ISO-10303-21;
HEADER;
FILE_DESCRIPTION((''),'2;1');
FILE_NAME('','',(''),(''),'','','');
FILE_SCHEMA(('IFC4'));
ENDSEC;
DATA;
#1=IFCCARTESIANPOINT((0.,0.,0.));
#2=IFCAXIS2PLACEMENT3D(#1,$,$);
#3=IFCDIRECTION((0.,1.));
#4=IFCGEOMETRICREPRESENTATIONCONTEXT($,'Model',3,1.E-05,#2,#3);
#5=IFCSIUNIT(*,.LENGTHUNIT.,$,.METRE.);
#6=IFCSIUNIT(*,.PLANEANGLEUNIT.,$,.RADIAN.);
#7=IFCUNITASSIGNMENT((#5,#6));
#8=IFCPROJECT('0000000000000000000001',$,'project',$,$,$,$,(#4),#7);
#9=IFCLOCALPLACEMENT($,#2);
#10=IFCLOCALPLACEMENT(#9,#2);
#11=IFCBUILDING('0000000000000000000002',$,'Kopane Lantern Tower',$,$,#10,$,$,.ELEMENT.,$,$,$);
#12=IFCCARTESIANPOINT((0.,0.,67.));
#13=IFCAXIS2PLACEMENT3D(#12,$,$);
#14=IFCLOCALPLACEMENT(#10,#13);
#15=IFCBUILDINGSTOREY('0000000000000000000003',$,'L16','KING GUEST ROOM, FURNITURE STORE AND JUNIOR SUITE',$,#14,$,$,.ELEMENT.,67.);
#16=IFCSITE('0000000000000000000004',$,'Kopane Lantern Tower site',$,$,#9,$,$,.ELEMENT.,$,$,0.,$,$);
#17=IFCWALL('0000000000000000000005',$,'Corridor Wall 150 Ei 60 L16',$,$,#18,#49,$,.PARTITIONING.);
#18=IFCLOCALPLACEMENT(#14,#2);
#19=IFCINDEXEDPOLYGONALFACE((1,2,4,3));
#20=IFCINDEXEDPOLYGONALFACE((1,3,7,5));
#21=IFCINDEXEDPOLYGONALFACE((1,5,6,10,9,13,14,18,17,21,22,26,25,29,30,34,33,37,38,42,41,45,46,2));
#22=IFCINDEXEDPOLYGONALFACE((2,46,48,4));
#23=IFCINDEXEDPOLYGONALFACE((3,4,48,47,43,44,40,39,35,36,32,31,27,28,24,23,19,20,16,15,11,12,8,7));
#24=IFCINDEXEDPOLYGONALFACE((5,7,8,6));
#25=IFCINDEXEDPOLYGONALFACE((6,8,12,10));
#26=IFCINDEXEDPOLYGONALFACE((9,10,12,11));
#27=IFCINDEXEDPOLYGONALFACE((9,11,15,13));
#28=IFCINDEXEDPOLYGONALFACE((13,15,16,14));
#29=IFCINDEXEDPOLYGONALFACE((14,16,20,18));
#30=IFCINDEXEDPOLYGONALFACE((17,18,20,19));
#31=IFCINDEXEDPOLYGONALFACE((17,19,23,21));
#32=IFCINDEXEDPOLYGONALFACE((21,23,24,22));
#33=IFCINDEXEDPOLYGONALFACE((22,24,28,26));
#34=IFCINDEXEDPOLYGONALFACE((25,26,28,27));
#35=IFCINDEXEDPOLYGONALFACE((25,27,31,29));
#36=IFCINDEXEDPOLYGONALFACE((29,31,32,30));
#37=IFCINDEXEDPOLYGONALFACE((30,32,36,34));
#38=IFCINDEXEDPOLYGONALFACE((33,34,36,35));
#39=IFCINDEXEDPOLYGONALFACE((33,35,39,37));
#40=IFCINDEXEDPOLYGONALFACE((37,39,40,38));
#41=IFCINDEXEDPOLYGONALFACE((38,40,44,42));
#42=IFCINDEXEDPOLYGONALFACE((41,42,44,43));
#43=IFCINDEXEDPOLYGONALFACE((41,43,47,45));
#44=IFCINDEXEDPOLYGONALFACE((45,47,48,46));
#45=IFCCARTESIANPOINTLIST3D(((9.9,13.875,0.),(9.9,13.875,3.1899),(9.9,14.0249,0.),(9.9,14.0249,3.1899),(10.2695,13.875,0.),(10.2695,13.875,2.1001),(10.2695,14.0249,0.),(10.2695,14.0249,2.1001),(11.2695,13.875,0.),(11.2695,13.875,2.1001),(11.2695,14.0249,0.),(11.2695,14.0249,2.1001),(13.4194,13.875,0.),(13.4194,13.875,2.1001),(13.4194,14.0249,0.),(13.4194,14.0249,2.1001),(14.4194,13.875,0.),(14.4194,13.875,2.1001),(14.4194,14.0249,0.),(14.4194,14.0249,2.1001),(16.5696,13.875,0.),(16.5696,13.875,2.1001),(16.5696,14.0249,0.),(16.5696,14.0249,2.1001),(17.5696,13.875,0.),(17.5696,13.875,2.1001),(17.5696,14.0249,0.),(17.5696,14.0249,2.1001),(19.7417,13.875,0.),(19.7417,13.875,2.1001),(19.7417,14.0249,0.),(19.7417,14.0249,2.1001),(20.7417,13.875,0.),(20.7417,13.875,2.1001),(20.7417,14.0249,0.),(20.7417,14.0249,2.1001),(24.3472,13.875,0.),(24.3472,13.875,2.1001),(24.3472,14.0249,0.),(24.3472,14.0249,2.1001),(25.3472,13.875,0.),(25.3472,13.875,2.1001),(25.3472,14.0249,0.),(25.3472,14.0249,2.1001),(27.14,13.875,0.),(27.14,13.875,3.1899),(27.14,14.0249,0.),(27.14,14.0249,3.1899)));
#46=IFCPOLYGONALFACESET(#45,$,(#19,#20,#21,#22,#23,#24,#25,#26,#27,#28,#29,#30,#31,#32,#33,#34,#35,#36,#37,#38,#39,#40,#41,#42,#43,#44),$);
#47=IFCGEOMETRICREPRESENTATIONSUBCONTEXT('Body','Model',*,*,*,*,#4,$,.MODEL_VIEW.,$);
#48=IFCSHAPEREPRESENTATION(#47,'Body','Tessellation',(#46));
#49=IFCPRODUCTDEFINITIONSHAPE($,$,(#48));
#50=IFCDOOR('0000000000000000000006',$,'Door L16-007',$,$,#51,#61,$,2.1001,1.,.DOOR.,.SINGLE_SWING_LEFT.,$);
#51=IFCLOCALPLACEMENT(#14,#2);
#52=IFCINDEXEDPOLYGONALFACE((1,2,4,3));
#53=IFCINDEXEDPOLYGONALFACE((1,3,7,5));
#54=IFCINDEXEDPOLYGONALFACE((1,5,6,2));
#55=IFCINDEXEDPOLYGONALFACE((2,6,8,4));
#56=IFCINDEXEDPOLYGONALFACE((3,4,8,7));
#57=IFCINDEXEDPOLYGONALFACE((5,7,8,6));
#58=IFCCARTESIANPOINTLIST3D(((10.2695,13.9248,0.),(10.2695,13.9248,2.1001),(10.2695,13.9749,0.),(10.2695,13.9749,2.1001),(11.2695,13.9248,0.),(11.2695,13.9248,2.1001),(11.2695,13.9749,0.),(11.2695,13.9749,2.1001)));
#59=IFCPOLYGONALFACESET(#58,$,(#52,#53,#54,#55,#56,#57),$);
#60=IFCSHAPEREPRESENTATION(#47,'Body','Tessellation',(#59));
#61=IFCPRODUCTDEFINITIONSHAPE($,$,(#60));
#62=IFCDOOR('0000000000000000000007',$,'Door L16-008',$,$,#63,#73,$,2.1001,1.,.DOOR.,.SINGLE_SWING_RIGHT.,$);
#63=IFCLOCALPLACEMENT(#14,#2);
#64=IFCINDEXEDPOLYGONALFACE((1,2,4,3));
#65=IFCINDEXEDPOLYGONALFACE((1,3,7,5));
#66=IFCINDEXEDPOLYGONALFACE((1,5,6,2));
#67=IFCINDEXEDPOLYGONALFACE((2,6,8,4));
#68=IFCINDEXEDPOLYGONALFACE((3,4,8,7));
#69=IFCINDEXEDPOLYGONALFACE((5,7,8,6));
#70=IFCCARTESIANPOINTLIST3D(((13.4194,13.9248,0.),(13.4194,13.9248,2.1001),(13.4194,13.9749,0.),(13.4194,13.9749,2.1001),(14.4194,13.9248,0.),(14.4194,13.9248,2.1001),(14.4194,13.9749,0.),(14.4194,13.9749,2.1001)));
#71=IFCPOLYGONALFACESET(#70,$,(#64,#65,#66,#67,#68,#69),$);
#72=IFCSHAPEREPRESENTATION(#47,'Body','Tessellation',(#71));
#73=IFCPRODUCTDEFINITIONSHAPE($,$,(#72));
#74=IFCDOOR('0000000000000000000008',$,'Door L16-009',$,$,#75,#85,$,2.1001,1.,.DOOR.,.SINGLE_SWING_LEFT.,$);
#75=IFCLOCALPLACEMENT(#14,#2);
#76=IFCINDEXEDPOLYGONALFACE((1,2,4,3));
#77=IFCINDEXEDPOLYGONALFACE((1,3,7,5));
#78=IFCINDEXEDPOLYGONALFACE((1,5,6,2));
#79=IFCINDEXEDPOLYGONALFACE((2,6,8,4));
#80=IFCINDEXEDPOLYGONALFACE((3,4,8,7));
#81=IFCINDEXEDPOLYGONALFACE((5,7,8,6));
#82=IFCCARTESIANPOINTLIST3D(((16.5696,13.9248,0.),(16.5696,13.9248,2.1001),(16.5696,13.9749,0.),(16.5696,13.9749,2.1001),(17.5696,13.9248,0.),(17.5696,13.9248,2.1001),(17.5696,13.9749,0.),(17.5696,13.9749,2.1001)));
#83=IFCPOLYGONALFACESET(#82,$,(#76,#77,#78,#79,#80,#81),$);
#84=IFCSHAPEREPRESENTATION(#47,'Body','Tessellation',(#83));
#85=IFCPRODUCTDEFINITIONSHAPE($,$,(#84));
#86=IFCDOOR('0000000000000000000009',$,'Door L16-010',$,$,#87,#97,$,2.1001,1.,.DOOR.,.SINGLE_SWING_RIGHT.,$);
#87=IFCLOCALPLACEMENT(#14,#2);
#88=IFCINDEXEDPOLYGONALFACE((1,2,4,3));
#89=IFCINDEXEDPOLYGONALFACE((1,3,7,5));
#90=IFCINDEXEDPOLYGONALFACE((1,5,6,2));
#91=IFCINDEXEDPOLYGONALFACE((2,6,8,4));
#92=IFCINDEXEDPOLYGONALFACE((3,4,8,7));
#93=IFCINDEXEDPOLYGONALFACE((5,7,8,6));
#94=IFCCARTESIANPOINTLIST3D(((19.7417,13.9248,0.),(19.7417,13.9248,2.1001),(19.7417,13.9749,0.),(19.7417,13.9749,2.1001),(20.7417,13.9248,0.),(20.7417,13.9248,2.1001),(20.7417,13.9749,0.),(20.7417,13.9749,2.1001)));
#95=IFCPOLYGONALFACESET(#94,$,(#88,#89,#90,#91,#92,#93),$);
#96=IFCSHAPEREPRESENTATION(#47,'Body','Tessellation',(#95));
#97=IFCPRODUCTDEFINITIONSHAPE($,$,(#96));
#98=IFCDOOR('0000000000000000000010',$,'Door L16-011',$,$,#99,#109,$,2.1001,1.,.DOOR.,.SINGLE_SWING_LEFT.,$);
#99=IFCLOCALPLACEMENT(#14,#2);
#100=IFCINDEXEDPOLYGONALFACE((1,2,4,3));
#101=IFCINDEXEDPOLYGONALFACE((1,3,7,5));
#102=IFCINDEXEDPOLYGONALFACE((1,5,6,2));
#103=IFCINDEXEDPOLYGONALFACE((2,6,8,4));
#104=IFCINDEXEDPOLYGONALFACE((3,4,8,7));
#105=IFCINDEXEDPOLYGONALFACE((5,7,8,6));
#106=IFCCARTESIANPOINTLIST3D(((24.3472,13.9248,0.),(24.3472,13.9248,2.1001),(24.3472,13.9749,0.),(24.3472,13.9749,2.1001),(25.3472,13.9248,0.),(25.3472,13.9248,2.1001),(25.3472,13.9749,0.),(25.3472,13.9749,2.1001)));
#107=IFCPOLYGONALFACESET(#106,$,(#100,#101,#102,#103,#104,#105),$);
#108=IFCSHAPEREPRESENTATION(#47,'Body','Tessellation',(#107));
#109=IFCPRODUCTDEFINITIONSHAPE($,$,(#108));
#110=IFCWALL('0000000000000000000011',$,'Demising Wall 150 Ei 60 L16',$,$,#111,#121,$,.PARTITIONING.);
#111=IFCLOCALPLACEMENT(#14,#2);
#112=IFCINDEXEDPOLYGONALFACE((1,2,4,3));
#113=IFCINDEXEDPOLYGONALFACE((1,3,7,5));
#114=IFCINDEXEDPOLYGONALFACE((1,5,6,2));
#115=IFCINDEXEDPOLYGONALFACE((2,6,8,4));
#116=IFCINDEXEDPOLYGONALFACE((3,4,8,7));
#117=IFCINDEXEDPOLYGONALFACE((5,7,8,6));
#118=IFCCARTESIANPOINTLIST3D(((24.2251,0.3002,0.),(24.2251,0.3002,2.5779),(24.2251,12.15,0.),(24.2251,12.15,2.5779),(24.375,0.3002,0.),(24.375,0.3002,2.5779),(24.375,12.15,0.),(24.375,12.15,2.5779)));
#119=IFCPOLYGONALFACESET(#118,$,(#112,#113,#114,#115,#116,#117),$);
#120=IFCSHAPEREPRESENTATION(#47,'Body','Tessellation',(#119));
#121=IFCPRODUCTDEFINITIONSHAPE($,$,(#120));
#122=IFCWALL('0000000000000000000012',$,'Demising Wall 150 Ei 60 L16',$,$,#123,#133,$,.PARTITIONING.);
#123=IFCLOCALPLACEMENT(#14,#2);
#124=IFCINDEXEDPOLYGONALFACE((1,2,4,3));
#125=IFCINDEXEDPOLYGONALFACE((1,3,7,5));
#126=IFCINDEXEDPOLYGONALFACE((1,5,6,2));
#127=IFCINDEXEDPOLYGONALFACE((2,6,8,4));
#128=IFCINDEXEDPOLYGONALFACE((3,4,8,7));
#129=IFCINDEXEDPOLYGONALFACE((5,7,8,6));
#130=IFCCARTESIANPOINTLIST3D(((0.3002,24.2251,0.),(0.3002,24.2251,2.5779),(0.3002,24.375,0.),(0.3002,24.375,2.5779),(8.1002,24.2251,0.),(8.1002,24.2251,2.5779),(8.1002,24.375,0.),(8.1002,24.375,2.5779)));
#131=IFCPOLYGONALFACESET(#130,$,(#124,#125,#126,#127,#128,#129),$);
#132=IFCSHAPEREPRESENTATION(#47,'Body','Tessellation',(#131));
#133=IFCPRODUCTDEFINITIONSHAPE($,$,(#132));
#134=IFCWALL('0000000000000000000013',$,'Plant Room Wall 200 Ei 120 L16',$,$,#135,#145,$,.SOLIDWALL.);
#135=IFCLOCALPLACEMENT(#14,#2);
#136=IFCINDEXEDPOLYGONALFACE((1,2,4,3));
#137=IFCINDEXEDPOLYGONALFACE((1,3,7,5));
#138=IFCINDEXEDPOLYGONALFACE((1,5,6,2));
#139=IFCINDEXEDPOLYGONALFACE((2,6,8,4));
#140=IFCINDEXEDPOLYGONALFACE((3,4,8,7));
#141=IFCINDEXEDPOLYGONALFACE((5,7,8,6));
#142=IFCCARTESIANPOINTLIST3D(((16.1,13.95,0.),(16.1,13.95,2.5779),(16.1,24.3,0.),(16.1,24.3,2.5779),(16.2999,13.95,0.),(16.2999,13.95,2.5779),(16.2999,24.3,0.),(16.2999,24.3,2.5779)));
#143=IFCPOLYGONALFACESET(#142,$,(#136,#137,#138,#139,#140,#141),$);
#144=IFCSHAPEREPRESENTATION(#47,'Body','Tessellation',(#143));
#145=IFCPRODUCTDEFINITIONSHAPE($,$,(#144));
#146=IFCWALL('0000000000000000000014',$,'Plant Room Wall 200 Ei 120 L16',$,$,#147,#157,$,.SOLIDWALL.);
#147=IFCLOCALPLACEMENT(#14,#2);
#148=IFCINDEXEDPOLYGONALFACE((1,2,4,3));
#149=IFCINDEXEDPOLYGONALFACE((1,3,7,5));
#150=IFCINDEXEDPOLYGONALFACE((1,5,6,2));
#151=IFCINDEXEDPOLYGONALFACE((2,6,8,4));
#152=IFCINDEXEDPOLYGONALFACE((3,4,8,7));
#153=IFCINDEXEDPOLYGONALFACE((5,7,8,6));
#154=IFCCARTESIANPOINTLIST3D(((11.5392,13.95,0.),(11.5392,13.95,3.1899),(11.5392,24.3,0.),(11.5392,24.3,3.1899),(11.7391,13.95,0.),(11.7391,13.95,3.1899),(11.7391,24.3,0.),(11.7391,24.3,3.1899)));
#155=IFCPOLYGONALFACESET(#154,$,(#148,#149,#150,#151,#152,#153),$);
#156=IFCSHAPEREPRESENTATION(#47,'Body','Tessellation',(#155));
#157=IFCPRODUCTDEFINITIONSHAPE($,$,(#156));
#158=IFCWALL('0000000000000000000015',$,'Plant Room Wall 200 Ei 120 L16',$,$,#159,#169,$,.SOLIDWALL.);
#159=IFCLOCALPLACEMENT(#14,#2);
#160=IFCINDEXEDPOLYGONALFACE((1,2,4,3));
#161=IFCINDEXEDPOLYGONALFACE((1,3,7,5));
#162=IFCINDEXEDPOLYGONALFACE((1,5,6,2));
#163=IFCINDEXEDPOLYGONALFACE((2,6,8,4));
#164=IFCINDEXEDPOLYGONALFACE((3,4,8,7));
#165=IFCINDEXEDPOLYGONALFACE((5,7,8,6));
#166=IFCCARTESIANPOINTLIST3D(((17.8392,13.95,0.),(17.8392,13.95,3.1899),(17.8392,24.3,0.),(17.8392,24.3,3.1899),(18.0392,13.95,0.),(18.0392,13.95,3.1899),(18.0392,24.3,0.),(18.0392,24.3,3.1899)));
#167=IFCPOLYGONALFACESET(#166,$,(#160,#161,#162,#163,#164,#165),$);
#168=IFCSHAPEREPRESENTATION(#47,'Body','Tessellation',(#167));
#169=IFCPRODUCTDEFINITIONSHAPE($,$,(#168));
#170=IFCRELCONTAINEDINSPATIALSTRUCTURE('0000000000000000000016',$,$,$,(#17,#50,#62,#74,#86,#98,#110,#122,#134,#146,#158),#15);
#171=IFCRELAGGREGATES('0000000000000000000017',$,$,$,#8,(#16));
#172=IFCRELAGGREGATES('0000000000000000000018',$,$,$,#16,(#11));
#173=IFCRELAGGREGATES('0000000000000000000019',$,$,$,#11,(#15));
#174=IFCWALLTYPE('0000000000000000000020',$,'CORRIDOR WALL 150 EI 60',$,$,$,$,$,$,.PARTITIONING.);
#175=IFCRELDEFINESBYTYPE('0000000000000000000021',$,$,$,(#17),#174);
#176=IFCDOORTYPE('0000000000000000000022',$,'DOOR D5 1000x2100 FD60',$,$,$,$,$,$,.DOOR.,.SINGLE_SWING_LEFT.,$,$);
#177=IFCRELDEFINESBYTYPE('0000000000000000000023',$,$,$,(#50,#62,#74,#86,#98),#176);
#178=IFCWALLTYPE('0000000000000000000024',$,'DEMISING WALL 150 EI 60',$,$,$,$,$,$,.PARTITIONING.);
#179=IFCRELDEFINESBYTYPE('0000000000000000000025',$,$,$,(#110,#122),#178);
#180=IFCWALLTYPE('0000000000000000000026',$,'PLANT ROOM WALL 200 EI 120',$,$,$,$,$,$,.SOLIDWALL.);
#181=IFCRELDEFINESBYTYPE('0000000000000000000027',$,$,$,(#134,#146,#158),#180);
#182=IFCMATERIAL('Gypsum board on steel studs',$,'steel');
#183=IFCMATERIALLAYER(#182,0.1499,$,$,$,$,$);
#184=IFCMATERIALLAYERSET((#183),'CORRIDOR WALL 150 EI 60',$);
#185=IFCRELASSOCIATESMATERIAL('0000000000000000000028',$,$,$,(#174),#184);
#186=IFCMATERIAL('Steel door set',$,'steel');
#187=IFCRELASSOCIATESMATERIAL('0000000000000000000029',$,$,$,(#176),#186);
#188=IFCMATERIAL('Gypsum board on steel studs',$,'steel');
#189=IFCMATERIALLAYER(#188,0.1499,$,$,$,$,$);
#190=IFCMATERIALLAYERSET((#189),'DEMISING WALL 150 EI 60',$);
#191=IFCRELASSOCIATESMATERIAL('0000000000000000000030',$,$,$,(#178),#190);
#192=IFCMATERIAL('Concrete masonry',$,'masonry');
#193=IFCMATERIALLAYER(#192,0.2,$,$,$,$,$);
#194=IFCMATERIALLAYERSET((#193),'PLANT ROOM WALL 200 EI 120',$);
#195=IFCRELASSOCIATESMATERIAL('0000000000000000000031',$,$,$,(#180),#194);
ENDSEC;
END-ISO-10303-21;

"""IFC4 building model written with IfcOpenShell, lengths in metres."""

from ifc_helpers import new_model, si_unit, direction, frame, frame_2d, origin, place, context, subcontext, project, spatial, rectangle, extrude, material, layer, layer_set, type_object, element, fill, save


model = new_model("IFC4")

# Units and contexts
model_context = context("Model", 3, precision=1e-05, world=origin(), true_north=direction((0.0, 1.0)))
body_context = subcontext(model_context, "Body", "Model", "MODEL_VIEW")
ifc_project = project(units=[si_unit("LENGTHUNIT", "METRE"), si_unit("PLANEANGLEUNIT", "RADIAN")], contexts=[model_context])

# Site, building, storey
site_placement = place(None, origin())
site = spatial("IfcSite", under=ifc_project, at=site_placement, Name="Kopane Lantern Tower site", CompositionType="ELEMENT", RefElevation=0.0)
building_placement = place(site_placement, origin())
building = spatial("IfcBuilding", under=site, at=building_placement, Name="Kopane Lantern Tower", CompositionType="ELEMENT")
storey_placement = place(building_placement, frame((0.0, 0.0, 67.0)))
storey = spatial("IfcBuildingStorey", under=building, at=storey_placement, Name="L16", Description="KING GUEST ROOM, FURNITURE STORE AND JUNIOR SUITE", CompositionType="ELEMENT", Elevation=67.0)

# Wall, openings, doors
ifc_material_1 = material(Name="Gypsum board on steel studs", Category="steel")
ifc_layer_1 = layer(ifc_material_1, 0.1499)
ifc_layer_set_1 = layer_set([ifc_layer_1], Name="CORRIDOR WALL 150 EI 60")
wall_type_1 = type_object("IfcWallType", Name="CORRIDOR WALL 150 EI 60", PredefinedType="PARTITIONING", material=ifc_layer_set_1)
wall_1_placement = place(storey_placement, frame((9.8999, 13.95, 0.0), z_axis=(0.0, 0.0, 1.0), x_axis=(1.0, 0.0, 0.0)))
wall_1 = element("IfcWall", 1, at=wall_1_placement, inside=storey, type_object=wall_type_1, Name="Corridor Wall 150 Ei 60 L16", PredefinedType="PARTITIONING", context=body_context, shape_type="SweptSolid", body=[
    extrude(rectangle(XDim=17.24, YDim=0.1499, at=frame_2d((8.6201, 0.0))), origin(), (0.0, 0.0, 1.0), 3.1899),
])
opening_1_placement = place(wall_1_placement, frame((0.3696, 0.0, 0.0)))
opening_1 = element("IfcOpeningElement", 2, at=opening_1_placement, cuts=wall_1, PredefinedType="OPENING", context=body_context, shape_type="SweptSolid", body=[
    extrude(rectangle(XDim=1.0, YDim=2.1001, at=frame_2d((0.5, 1.05))), frame((0.0, 0.085, 0.0), z_axis=(0.0, -1.0, 0.0), x_axis=(1.0, 0.0, 0.0)), (0.0, 0.0, 1.0), 0.1699),
])
opening_2_placement = place(wall_1_placement, frame((3.5195, 0.0, 0.0)))
opening_2 = element("IfcOpeningElement", 3, at=opening_2_placement, cuts=wall_1, PredefinedType="OPENING", context=body_context, shape_type="SweptSolid", body=[
    extrude(rectangle(XDim=1.0, YDim=2.1001, at=frame_2d((0.5, 1.05))), frame((0.0, 0.085, 0.0), z_axis=(0.0, -1.0, 0.0), x_axis=(1.0, 0.0, 0.0)), (0.0, 0.0, 1.0), 0.1699),
])
opening_3_placement = place(wall_1_placement, frame((6.6697, 0.0, 0.0)))
opening_3 = element("IfcOpeningElement", 4, at=opening_3_placement, cuts=wall_1, PredefinedType="OPENING", context=body_context, shape_type="SweptSolid", body=[
    extrude(rectangle(XDim=1.0, YDim=2.1001, at=frame_2d((0.5, 1.05))), frame((0.0, 0.085, 0.0), z_axis=(0.0, -1.0, 0.0), x_axis=(1.0, 0.0, 0.0)), (0.0, 0.0, 1.0), 0.1699),
])
opening_4_placement = place(wall_1_placement, frame((9.8418, 0.0, 0.0)))
opening_4 = element("IfcOpeningElement", 5, at=opening_4_placement, cuts=wall_1, PredefinedType="OPENING", context=body_context, shape_type="SweptSolid", body=[
    extrude(rectangle(XDim=1.0, YDim=2.1001, at=frame_2d((0.5, 1.05))), frame((0.0, 0.085, 0.0), z_axis=(0.0, -1.0, 0.0), x_axis=(1.0, 0.0, 0.0)), (0.0, 0.0, 1.0), 0.1699),
])
opening_5_placement = place(wall_1_placement, frame((14.4473, 0.0, 0.0)))
opening_5 = element("IfcOpeningElement", 6, at=opening_5_placement, cuts=wall_1, PredefinedType="OPENING", context=body_context, shape_type="SweptSolid", body=[
    extrude(rectangle(XDim=1.0, YDim=2.1001, at=frame_2d((0.5, 1.05))), frame((0.0, 0.085, 0.0), z_axis=(0.0, -1.0, 0.0), x_axis=(1.0, 0.0, 0.0)), (0.0, 0.0, 1.0), 0.1699),
])
ifc_material_2 = material(Name="Steel door set", Category="steel")
door_type_1 = type_object("IfcDoorType", Name="DOOR D5 1000x2100 FD60", OperationType="SINGLE_SWING_LEFT", PredefinedType="DOOR", material=ifc_material_2)
door_1_placement = place(opening_1_placement, origin())
door_1 = element("IfcDoor", 7, at=door_1_placement, inside=storey, type_object=door_type_1, Name="Door L16-007", OperationType="SINGLE_SWING_LEFT", OverallHeight=2.1001, OverallWidth=1.0, PredefinedType="DOOR", context=body_context, shape_type="SweptSolid", body=[
    extrude(rectangle(XDim=1.0, YDim=2.1001, at=frame_2d((0.5, 1.05))), frame((0.0, 0.0249, 0.0), z_axis=(0.0, -1.0, 0.0), x_axis=(1.0, 0.0, 0.0)), (0.0, 0.0, 1.0), 0.05),
])
fill(opening_1, door_1)
door_2_placement = place(opening_2_placement, origin())
door_2 = element("IfcDoor", 8, at=door_2_placement, inside=storey, type_object=door_type_1, Name="Door L16-008", OperationType="SINGLE_SWING_RIGHT", OverallHeight=2.1001, OverallWidth=1.0, PredefinedType="DOOR", context=body_context, shape_type="SweptSolid", body=[
    extrude(rectangle(XDim=1.0, YDim=2.1001, at=frame_2d((0.5, 1.05))), frame((0.0, 0.0249, 0.0), z_axis=(0.0, -1.0, 0.0), x_axis=(1.0, 0.0, 0.0)), (0.0, 0.0, 1.0), 0.05),
])
fill(opening_2, door_2)
door_3_placement = place(opening_3_placement, origin())
door_3 = element("IfcDoor", 9, at=door_3_placement, inside=storey, type_object=door_type_1, Name="Door L16-009", OperationType="SINGLE_SWING_LEFT", OverallHeight=2.1001, OverallWidth=1.0, PredefinedType="DOOR", context=body_context, shape_type="SweptSolid", body=[
    extrude(rectangle(XDim=1.0, YDim=2.1001, at=frame_2d((0.5, 1.05))), frame((0.0, 0.0249, 0.0), z_axis=(0.0, -1.0, 0.0), x_axis=(1.0, 0.0, 0.0)), (0.0, 0.0, 1.0), 0.05),
])
fill(opening_3, door_3)
door_4_placement = place(opening_4_placement, origin())
door_4 = element("IfcDoor", 10, at=door_4_placement, inside=storey, type_object=door_type_1, Name="Door L16-010", OperationType="SINGLE_SWING_RIGHT", OverallHeight=2.1001, OverallWidth=1.0, PredefinedType="DOOR", context=body_context, shape_type="SweptSolid", body=[
    extrude(rectangle(XDim=1.0, YDim=2.1001, at=frame_2d((0.5, 1.05))), frame((0.0, 0.0249, 0.0), z_axis=(0.0, -1.0, 0.0), x_axis=(1.0, 0.0, 0.0)), (0.0, 0.0, 1.0), 0.05),
])
fill(opening_4, door_4)
door_5_placement = place(opening_5_placement, origin())
door_5 = element("IfcDoor", 11, at=door_5_placement, inside=storey, type_object=door_type_1, Name="Door L16-011", OperationType="SINGLE_SWING_LEFT", OverallHeight=2.1001, OverallWidth=1.0, PredefinedType="DOOR", context=body_context, shape_type="SweptSolid", body=[
    extrude(rectangle(XDim=1.0, YDim=2.1001, at=frame_2d((0.5, 1.05))), frame((0.0, 0.0249, 0.0), z_axis=(0.0, -1.0, 0.0), x_axis=(1.0, 0.0, 0.0)), (0.0, 0.0, 1.0), 0.05),
])
fill(opening_5, door_5)

# Walls
ifc_material_3 = material(Name="Gypsum board on steel studs", Category="steel")
ifc_layer_2 = layer(ifc_material_3, 0.1499)
ifc_layer_set_2 = layer_set([ifc_layer_2], Name="DEMISING WALL 150 EI 60")
wall_type_2 = type_object("IfcWallType", Name="DEMISING WALL 150 EI 60", PredefinedType="PARTITIONING", material=ifc_layer_set_2)
wall_2_placement = place(storey_placement, frame((24.3, 12.1499, 0.0), z_axis=(0.0, 0.0, 1.0), x_axis=(0.0, -1.0, 0.0)))
element("IfcWall", 12, at=wall_2_placement, inside=storey, type_object=wall_type_2, Name="Demising Wall 150 Ei 60 L16", PredefinedType="PARTITIONING", context=body_context, shape_type="SweptSolid", body=[
    extrude(rectangle(XDim=11.8499, YDim=0.1499, at=frame_2d((5.9248, 0.0))), origin(), (0.0, 0.0, 1.0), 2.5779),
])
wall_3_placement = place(storey_placement, frame((8.1001, 24.3, 0.0), z_axis=(0.0, 0.0, 1.0), x_axis=(-1.0, 0.0, 0.0)))
element("IfcWall", 13, at=wall_3_placement, inside=storey, type_object=wall_type_2, Name="Demising Wall 150 Ei 60 L16", PredefinedType="PARTITIONING", context=body_context, shape_type="SweptSolid", body=[
    extrude(rectangle(XDim=7.8, YDim=0.1499, at=frame_2d((3.8999, 0.0))), origin(), (0.0, 0.0, 1.0), 2.5779),
])
ifc_material_4 = material(Name="Concrete masonry", Category="masonry")
ifc_layer_3 = layer(ifc_material_4, 0.2)
ifc_layer_set_3 = layer_set([ifc_layer_3], Name="PLANT ROOM WALL 200 EI 120")
wall_type_3 = type_object("IfcWallType", Name="PLANT ROOM WALL 200 EI 120", PredefinedType="SOLIDWALL", material=ifc_layer_set_3)
wall_4_placement = place(storey_placement, frame((16.2, 13.95, 0.0), z_axis=(0.0, 0.0, 1.0), x_axis=(0.0, 1.0, 0.0)))
element("IfcWall", 14, at=wall_4_placement, inside=storey, type_object=wall_type_3, Name="Plant Room Wall 200 Ei 120 L16", PredefinedType="SOLIDWALL", context=body_context, shape_type="SweptSolid", body=[
    extrude(rectangle(XDim=10.3501, YDim=0.2, at=frame_2d((5.175, 0.0))), origin(), (0.0, 0.0, 1.0), 2.5779),
])
for number, where, z_axis, x_axis, name in (
    (15, (11.6392, 13.95, 0.0), (0.0, 0.0, 1.0), (0.0, 1.0, 0.0), "Plant Room Wall 200 Ei 120 L16"),
    (16, (17.9392, 13.95, 0.0), (0.0, 0.0, 1.0), (0.0, 1.0, 0.0), "Plant Room Wall 200 Ei 120 L16"),
):
    element("IfcWall", number, at=place(storey_placement, frame(where, z_axis=z_axis, x_axis=x_axis)), inside=storey, type_object=wall_type_3, Name=name, PredefinedType="SOLIDWALL", context=body_context, shape_type="SweptSolid", body=[
        extrude(rectangle(XDim=10.3501, YDim=0.2, at=frame_2d((5.175, 0.0))), origin(), (0.0, 0.0, 1.0), 3.1899),
    ])

save(model, "model.ifc")
